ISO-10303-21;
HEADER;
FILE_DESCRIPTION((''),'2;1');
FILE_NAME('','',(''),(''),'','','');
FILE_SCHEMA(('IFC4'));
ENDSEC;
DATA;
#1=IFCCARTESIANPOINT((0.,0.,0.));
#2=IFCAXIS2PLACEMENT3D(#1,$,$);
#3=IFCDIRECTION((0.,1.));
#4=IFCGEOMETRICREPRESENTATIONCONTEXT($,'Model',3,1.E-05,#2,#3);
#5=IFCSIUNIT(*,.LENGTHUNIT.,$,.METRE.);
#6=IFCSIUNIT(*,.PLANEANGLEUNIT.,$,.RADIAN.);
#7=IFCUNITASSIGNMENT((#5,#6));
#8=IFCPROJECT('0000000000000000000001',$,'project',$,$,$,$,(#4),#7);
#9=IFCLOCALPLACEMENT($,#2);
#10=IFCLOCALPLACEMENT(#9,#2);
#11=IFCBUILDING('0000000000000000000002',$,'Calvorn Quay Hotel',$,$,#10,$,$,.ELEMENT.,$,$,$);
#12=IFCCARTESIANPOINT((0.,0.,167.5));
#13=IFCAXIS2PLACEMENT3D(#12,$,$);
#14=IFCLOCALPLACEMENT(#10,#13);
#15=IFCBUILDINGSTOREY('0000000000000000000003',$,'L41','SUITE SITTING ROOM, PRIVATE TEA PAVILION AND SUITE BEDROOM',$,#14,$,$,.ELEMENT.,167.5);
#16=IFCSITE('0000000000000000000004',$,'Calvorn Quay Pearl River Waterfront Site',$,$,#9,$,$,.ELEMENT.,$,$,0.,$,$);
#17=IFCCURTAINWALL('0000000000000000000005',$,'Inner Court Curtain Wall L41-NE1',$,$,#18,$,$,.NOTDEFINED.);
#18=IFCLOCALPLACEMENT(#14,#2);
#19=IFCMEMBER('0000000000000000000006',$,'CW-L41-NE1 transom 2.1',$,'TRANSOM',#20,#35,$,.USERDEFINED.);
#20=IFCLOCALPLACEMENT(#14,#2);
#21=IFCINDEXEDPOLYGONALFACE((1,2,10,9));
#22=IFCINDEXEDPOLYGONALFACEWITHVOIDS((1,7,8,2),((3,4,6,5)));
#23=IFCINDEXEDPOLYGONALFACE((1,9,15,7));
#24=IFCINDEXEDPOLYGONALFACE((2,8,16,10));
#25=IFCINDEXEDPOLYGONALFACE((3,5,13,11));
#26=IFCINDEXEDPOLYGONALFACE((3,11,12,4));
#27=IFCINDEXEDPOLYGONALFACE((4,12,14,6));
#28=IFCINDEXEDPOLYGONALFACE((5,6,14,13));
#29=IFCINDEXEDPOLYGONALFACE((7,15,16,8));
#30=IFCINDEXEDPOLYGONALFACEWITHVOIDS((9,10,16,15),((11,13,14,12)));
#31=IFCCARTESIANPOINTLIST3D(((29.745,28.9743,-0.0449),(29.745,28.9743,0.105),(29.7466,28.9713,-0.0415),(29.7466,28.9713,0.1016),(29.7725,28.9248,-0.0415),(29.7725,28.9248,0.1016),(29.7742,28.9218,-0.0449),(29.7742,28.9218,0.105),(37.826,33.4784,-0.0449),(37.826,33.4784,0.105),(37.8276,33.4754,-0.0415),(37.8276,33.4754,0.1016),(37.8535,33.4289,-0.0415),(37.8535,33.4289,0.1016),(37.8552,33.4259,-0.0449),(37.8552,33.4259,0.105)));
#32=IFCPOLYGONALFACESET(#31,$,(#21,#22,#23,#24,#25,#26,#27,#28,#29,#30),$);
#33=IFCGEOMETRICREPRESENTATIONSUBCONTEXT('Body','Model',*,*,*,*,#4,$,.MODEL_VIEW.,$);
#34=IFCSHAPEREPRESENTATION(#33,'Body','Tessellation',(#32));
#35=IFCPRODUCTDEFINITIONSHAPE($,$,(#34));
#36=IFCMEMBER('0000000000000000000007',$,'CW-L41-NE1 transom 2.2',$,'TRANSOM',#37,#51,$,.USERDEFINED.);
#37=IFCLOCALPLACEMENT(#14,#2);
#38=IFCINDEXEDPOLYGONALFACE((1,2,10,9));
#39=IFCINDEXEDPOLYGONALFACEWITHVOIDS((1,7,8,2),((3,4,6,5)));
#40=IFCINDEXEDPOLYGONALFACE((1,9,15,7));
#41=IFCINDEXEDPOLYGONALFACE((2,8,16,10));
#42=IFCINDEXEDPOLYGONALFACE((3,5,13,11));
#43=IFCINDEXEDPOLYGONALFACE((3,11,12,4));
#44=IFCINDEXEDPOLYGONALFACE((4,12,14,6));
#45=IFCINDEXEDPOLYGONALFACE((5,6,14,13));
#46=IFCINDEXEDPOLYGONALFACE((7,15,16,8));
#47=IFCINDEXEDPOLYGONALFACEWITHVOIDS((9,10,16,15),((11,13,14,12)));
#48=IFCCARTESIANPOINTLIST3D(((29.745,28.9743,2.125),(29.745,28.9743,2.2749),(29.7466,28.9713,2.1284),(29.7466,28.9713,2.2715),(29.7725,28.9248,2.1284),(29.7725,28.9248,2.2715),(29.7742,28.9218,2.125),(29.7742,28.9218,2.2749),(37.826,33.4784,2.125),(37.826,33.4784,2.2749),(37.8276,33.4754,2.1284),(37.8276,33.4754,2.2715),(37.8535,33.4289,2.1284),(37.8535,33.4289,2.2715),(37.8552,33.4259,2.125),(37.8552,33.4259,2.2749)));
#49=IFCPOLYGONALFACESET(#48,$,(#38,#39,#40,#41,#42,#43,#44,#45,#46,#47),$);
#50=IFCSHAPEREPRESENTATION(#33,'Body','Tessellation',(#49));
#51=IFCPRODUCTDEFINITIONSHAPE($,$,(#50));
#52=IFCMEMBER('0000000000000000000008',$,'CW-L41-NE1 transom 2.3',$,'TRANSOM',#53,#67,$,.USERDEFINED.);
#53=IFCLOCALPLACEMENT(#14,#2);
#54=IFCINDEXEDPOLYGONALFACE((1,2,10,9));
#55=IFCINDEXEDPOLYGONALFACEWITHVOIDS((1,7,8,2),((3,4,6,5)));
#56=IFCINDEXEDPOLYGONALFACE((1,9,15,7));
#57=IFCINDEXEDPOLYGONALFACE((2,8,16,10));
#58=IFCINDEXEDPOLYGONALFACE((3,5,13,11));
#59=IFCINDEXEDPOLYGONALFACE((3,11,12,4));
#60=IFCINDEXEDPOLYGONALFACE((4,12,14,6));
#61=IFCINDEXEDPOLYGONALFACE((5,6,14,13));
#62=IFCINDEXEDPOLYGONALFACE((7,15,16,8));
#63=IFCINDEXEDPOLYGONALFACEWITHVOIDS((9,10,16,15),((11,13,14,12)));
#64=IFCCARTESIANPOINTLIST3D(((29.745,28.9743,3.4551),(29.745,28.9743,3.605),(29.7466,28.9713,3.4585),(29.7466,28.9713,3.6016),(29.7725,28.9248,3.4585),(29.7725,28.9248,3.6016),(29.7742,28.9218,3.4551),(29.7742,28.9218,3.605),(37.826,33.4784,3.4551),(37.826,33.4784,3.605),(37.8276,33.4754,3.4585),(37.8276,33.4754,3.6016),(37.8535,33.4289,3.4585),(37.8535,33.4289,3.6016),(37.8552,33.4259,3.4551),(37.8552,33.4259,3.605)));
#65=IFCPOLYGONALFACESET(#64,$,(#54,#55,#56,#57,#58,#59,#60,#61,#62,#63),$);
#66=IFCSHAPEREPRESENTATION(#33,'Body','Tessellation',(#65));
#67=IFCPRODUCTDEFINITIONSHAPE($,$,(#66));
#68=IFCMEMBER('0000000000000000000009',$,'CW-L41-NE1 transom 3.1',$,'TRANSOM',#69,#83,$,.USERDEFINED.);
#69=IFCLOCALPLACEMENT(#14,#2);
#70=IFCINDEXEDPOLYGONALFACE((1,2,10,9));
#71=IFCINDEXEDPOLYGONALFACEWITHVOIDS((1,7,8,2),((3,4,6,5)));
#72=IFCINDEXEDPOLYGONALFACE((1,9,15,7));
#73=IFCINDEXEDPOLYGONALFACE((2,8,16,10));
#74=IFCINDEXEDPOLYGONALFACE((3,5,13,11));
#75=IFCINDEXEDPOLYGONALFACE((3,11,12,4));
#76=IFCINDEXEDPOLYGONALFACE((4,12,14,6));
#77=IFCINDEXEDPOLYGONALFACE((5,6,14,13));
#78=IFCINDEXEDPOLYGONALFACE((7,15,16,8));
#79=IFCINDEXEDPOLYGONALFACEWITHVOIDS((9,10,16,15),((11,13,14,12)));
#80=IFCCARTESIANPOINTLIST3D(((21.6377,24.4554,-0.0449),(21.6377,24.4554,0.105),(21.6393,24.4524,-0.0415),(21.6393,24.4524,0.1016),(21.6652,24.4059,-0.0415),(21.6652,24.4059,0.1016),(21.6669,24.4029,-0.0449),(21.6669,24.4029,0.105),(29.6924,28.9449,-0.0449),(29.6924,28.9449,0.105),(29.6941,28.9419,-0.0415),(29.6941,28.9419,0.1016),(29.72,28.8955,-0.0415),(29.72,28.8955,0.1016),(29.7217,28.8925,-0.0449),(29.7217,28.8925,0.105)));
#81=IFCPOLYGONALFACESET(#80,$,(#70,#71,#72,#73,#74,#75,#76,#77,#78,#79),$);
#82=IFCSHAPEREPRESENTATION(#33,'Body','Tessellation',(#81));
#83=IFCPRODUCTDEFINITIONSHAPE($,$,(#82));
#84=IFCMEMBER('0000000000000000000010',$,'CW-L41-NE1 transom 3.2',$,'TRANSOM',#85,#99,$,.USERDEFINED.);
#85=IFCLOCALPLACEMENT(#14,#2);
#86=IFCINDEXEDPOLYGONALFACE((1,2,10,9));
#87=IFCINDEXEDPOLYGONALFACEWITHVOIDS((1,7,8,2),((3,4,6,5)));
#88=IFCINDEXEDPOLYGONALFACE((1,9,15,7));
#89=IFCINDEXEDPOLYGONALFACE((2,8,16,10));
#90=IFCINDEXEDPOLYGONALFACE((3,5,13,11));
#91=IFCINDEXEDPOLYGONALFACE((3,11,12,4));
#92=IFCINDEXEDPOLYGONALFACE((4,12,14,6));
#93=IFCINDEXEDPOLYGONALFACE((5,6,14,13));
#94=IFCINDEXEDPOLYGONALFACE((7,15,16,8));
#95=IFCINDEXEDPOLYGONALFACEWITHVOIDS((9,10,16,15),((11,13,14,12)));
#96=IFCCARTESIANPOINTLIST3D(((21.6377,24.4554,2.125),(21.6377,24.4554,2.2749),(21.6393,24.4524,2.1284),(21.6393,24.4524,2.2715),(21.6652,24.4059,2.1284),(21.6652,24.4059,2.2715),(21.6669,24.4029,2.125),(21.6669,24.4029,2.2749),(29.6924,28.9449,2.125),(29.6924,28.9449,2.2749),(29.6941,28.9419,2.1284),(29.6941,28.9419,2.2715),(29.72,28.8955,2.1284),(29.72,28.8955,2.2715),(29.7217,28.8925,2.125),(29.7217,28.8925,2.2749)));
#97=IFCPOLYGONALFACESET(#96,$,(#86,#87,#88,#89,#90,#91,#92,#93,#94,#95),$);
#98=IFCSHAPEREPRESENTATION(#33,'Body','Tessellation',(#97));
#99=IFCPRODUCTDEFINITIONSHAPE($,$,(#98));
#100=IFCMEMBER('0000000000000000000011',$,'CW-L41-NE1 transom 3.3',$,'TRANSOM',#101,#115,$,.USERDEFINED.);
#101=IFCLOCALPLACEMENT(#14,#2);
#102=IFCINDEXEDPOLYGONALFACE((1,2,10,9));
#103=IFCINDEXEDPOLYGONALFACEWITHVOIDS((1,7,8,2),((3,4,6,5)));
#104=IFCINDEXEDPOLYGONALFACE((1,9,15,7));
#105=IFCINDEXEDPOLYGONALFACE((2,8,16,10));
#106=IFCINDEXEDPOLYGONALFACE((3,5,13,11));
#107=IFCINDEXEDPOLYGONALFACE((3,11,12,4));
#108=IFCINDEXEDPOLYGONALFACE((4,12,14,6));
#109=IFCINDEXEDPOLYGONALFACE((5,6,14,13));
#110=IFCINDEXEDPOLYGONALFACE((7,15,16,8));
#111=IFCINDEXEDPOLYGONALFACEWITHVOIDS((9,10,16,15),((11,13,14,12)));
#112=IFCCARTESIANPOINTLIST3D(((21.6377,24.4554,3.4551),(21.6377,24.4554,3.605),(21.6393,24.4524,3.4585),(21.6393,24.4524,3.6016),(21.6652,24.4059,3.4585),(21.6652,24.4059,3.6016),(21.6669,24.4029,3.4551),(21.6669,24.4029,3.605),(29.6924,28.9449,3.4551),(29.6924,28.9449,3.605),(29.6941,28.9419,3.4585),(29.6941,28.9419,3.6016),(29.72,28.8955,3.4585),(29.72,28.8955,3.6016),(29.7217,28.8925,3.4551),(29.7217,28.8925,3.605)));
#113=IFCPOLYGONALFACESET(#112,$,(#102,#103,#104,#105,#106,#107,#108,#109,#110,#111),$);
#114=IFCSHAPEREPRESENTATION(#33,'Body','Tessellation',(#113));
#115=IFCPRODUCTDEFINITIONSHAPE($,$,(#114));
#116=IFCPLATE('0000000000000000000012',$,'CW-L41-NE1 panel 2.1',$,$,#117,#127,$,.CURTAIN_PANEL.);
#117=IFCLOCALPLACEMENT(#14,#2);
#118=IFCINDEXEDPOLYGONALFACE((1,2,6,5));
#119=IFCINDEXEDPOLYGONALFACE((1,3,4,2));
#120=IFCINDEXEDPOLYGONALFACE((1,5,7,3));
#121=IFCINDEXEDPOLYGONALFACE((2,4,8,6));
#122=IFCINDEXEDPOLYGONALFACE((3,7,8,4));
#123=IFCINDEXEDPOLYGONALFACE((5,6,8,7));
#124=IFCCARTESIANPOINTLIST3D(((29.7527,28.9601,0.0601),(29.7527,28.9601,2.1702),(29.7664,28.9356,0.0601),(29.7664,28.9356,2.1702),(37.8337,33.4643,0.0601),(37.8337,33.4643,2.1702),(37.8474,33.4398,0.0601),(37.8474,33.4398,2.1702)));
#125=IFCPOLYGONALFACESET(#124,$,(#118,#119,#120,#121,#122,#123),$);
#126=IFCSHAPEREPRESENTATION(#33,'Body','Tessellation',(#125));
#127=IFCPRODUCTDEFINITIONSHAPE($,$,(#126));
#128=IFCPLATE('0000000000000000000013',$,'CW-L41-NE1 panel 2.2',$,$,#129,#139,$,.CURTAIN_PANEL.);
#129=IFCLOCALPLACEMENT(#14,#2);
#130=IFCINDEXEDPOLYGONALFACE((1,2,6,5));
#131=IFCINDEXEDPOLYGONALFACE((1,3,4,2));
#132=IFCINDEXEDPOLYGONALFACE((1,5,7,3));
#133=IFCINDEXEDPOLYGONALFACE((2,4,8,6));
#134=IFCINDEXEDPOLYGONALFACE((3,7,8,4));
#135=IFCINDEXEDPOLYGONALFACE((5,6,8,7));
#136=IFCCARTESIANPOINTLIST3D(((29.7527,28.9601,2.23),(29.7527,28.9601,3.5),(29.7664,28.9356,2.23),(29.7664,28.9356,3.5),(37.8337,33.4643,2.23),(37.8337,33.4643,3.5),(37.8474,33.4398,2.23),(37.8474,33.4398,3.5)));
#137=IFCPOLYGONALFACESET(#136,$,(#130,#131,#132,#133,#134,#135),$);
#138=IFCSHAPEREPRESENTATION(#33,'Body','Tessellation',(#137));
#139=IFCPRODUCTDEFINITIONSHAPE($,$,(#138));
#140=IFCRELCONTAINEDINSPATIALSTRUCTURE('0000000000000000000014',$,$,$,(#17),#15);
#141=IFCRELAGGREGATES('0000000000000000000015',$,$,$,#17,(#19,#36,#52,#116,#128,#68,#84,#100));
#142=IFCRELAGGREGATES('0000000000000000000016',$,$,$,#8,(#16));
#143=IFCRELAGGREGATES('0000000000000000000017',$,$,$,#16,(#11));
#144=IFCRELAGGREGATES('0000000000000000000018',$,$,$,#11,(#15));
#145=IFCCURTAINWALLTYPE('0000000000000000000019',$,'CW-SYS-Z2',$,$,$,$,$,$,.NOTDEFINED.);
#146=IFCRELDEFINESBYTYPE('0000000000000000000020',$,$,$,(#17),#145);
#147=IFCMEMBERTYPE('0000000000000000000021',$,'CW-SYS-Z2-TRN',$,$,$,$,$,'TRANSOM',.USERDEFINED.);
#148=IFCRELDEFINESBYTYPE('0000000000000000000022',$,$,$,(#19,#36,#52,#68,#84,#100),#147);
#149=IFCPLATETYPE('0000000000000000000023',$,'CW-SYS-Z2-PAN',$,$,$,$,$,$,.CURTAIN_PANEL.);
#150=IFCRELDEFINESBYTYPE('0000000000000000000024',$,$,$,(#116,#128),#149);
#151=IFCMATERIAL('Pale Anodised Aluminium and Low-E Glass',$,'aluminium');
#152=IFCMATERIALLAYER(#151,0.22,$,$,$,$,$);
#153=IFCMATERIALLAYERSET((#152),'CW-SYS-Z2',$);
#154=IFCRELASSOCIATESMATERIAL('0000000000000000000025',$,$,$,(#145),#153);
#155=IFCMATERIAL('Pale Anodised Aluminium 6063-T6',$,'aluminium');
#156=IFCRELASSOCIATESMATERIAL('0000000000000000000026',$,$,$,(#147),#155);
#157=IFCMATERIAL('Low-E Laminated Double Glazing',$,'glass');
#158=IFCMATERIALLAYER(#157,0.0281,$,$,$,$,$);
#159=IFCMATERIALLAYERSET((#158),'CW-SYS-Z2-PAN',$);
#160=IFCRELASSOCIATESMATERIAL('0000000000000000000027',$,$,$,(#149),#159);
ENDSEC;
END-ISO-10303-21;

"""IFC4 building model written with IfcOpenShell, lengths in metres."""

from ifc_helpers import new_model, si_unit, direction, frame, origin, origin_2d, place, context, subcontext, project, spatial, rectangle, hollow_rectangle, extrude, material, layer, layer_set, material_profile, profile_set, type_object, element, aggregate, save


model = new_model("IFC4")

# Units and contexts
model_context = context("Model", 3, precision=1e-05, world=origin(), true_north=direction((0.0, 1.0)))
body_context = subcontext(model_context, "Body", "Model", "MODEL_VIEW")
ifc_project = project(units=[si_unit("LENGTHUNIT", "METRE"), si_unit("PLANEANGLEUNIT", "RADIAN")], contexts=[model_context])

# Site, building, storey
site_placement = place(None, origin())
site = spatial("IfcSite", under=ifc_project, at=site_placement, Name="Calvorn Quay Pearl River Waterfront Site", CompositionType="ELEMENT", RefElevation=0.0)
building_placement = place(site_placement, origin())
building = spatial("IfcBuilding", under=site, at=building_placement, Name="Calvorn Quay Hotel", CompositionType="ELEMENT")
storey_placement = place(building_placement, frame((0.0, 0.0, 167.5)))
storey = spatial("IfcBuildingStorey", under=building, at=storey_placement, Name="L41", Description="SUITE SITTING ROOM, PRIVATE TEA PAVILION AND SUITE BEDROOM", CompositionType="ELEMENT", Elevation=167.5)

# Curtain wall, members, plates
ifc_material_1 = material(Name="Pale Anodised Aluminium and Low-E Glass", Category="aluminium")
ifc_layer_1 = layer(ifc_material_1, 0.22)
ifc_layer_set_1 = layer_set([ifc_layer_1], Name="CW-SYS-Z2")
curtain_wall_type = type_object("IfcCurtainWallType", Name="CW-SYS-Z2", PredefinedType="NOTDEFINED", material=ifc_layer_set_1)
curtain_wall_placement = place(storey_placement, origin())
curtain_wall = element("IfcCurtainWall", 1, at=curtain_wall_placement, inside=storey, type_object=curtain_wall_type, Name="Inner Court Curtain Wall L41-NE1", PredefinedType="NOTDEFINED")
ifc_material_2 = material(Name="Pale Anodised Aluminium 6063-T6", Category="aluminium")
ifc_material_profile_1 = material_profile(ifc_material_2, hollow_rectangle(XDim=0.0601, YDim=0.1499, WallThickness=0.0034, at=origin_2d()), Name="ALU-T150x60x3.5")
ifc_profile_set_1 = profile_set([ifc_material_profile_1], Name="Pale Anodised Aluminium 6063-T6")
member_type_1 = type_object("IfcMemberType", Name="CW-SYS-Z2-TRN", ElementType="TRANSOM", PredefinedType="USERDEFINED", material=ifc_profile_set_1)
member_1_placement = place(storey_placement, frame((37.8406, 33.4521, 0.03), z_axis=(-0.873483, -0.486855, 0.0), x_axis=(0.486855, -0.873483, 0.0)))
member_1 = element("IfcMember", 2, at=member_1_placement, type_object=member_type_1, Name="CW-L41-NE1 transom 2.1", ObjectType="TRANSOM", PredefinedType="USERDEFINED", context=body_context, shape_type="SweptSolid", body=[
    extrude(hollow_rectangle(XDim=0.0601, YDim=0.1499, WallThickness=0.0034, at=origin_2d()), origin(), (0.0, 0.0, 1.0), 9.2515),
])
member_2_placement = place(storey_placement, frame((37.8406, 33.4521, 2.2), z_axis=(-0.873483, -0.486855, 0.0), x_axis=(0.486855, -0.873483, 0.0)))
member_2 = element("IfcMember", 3, at=member_2_placement, type_object=member_type_1, Name="CW-L41-NE1 transom 2.2", ObjectType="TRANSOM", PredefinedType="USERDEFINED", context=body_context, shape_type="SweptSolid", body=[
    extrude(hollow_rectangle(XDim=0.0601, YDim=0.1499, WallThickness=0.0034, at=origin_2d()), origin(), (0.0, 0.0, 1.0), 9.2515),
])
member_3_placement = place(storey_placement, frame((37.8406, 33.4521, 3.53), z_axis=(-0.873483, -0.486855, 0.0), x_axis=(0.486855, -0.873483, 0.0)))
member_3 = element("IfcMember", 4, at=member_3_placement, type_object=member_type_1, Name="CW-L41-NE1 transom 2.3", ObjectType="TRANSOM", PredefinedType="USERDEFINED", context=body_context, shape_type="SweptSolid", body=[
    extrude(hollow_rectangle(XDim=0.0601, YDim=0.1499, WallThickness=0.0034, at=origin_2d()), origin(), (0.0, 0.0, 1.0), 9.2515),
])
member_4_placement = place(storey_placement, frame((29.707, 28.9187, 0.03), z_axis=(-0.873481, -0.486859, 0.0), x_axis=(0.486859, -0.873481, 0.0)))
member_4 = element("IfcMember", 5, at=member_4_placement, type_object=member_type_1, Name="CW-L41-NE1 transom 3.1", ObjectType="TRANSOM", PredefinedType="USERDEFINED", context=body_context, shape_type="SweptSolid", body=[
    extrude(hollow_rectangle(XDim=0.0601, YDim=0.1499, WallThickness=0.0034, at=origin_2d()), origin(), (0.0, 0.0, 1.0), 9.2214),
])
member_5_placement = place(storey_placement, frame((29.707, 28.9187, 2.2), z_axis=(-0.873481, -0.486859, 0.0), x_axis=(0.486859, -0.873481, 0.0)))
member_5 = element("IfcMember", 6, at=member_5_placement, type_object=member_type_1, Name="CW-L41-NE1 transom 3.2", ObjectType="TRANSOM", PredefinedType="USERDEFINED", context=body_context, shape_type="SweptSolid", body=[
    extrude(hollow_rectangle(XDim=0.0601, YDim=0.1499, WallThickness=0.0034, at=origin_2d()), origin(), (0.0, 0.0, 1.0), 9.2214),
])
member_6_placement = place(storey_placement, frame((29.707, 28.9187, 3.53), z_axis=(-0.873481, -0.486859, 0.0), x_axis=(0.486859, -0.873481, 0.0)))
member_6 = element("IfcMember", 7, at=member_6_placement, type_object=member_type_1, Name="CW-L41-NE1 transom 3.3", ObjectType="TRANSOM", PredefinedType="USERDEFINED", context=body_context, shape_type="SweptSolid", body=[
    extrude(hollow_rectangle(XDim=0.0601, YDim=0.1499, WallThickness=0.0034, at=origin_2d()), origin(), (0.0, 0.0, 1.0), 9.2214),
])
ifc_material_3 = material(Name="Low-E Laminated Double Glazing", Category="glass")
ifc_layer_2 = layer(ifc_material_3, 0.0281)
ifc_layer_set_2 = layer_set([ifc_layer_2], Name="CW-SYS-Z2-PAN")
plate_type = type_object("IfcPlateType", Name="CW-SYS-Z2-PAN", PredefinedType="CURTAIN_PANEL", material=ifc_layer_set_2)
plate_1_placement = place(storey_placement, frame((33.8, 31.2, 0.0601), z_axis=(0.0, 0.0, 1.0), x_axis=(-0.873481, -0.486858, 0.0)))
plate_1 = element("IfcPlate", 8, at=plate_1_placement, type_object=plate_type, Name="CW-L41-NE1 panel 2.1", PredefinedType="CURTAIN_PANEL", context=body_context, shape_type="SweptSolid", body=[
    extrude(rectangle(XDim=9.2515, YDim=0.0281, at=origin_2d()), origin(), (0.0, 0.0, 1.0), 2.1101),
])
plate_2_placement = place(storey_placement, frame((33.8, 31.2, 2.23), z_axis=(0.0, 0.0, 1.0), x_axis=(-0.873481, -0.486858, 0.0)))
plate_2 = element("IfcPlate", 9, at=plate_2_placement, type_object=plate_type, Name="CW-L41-NE1 panel 2.2", PredefinedType="CURTAIN_PANEL", context=body_context, shape_type="SweptSolid", body=[
    extrude(rectangle(XDim=9.2515, YDim=0.0281, at=origin_2d()), origin(), (0.0, 0.0, 1.0), 1.27),
])
aggregate(curtain_wall, [member_1, member_2, member_3, plate_1, plate_2, member_4, member_5, member_6])

save(model, "model.ifc")
